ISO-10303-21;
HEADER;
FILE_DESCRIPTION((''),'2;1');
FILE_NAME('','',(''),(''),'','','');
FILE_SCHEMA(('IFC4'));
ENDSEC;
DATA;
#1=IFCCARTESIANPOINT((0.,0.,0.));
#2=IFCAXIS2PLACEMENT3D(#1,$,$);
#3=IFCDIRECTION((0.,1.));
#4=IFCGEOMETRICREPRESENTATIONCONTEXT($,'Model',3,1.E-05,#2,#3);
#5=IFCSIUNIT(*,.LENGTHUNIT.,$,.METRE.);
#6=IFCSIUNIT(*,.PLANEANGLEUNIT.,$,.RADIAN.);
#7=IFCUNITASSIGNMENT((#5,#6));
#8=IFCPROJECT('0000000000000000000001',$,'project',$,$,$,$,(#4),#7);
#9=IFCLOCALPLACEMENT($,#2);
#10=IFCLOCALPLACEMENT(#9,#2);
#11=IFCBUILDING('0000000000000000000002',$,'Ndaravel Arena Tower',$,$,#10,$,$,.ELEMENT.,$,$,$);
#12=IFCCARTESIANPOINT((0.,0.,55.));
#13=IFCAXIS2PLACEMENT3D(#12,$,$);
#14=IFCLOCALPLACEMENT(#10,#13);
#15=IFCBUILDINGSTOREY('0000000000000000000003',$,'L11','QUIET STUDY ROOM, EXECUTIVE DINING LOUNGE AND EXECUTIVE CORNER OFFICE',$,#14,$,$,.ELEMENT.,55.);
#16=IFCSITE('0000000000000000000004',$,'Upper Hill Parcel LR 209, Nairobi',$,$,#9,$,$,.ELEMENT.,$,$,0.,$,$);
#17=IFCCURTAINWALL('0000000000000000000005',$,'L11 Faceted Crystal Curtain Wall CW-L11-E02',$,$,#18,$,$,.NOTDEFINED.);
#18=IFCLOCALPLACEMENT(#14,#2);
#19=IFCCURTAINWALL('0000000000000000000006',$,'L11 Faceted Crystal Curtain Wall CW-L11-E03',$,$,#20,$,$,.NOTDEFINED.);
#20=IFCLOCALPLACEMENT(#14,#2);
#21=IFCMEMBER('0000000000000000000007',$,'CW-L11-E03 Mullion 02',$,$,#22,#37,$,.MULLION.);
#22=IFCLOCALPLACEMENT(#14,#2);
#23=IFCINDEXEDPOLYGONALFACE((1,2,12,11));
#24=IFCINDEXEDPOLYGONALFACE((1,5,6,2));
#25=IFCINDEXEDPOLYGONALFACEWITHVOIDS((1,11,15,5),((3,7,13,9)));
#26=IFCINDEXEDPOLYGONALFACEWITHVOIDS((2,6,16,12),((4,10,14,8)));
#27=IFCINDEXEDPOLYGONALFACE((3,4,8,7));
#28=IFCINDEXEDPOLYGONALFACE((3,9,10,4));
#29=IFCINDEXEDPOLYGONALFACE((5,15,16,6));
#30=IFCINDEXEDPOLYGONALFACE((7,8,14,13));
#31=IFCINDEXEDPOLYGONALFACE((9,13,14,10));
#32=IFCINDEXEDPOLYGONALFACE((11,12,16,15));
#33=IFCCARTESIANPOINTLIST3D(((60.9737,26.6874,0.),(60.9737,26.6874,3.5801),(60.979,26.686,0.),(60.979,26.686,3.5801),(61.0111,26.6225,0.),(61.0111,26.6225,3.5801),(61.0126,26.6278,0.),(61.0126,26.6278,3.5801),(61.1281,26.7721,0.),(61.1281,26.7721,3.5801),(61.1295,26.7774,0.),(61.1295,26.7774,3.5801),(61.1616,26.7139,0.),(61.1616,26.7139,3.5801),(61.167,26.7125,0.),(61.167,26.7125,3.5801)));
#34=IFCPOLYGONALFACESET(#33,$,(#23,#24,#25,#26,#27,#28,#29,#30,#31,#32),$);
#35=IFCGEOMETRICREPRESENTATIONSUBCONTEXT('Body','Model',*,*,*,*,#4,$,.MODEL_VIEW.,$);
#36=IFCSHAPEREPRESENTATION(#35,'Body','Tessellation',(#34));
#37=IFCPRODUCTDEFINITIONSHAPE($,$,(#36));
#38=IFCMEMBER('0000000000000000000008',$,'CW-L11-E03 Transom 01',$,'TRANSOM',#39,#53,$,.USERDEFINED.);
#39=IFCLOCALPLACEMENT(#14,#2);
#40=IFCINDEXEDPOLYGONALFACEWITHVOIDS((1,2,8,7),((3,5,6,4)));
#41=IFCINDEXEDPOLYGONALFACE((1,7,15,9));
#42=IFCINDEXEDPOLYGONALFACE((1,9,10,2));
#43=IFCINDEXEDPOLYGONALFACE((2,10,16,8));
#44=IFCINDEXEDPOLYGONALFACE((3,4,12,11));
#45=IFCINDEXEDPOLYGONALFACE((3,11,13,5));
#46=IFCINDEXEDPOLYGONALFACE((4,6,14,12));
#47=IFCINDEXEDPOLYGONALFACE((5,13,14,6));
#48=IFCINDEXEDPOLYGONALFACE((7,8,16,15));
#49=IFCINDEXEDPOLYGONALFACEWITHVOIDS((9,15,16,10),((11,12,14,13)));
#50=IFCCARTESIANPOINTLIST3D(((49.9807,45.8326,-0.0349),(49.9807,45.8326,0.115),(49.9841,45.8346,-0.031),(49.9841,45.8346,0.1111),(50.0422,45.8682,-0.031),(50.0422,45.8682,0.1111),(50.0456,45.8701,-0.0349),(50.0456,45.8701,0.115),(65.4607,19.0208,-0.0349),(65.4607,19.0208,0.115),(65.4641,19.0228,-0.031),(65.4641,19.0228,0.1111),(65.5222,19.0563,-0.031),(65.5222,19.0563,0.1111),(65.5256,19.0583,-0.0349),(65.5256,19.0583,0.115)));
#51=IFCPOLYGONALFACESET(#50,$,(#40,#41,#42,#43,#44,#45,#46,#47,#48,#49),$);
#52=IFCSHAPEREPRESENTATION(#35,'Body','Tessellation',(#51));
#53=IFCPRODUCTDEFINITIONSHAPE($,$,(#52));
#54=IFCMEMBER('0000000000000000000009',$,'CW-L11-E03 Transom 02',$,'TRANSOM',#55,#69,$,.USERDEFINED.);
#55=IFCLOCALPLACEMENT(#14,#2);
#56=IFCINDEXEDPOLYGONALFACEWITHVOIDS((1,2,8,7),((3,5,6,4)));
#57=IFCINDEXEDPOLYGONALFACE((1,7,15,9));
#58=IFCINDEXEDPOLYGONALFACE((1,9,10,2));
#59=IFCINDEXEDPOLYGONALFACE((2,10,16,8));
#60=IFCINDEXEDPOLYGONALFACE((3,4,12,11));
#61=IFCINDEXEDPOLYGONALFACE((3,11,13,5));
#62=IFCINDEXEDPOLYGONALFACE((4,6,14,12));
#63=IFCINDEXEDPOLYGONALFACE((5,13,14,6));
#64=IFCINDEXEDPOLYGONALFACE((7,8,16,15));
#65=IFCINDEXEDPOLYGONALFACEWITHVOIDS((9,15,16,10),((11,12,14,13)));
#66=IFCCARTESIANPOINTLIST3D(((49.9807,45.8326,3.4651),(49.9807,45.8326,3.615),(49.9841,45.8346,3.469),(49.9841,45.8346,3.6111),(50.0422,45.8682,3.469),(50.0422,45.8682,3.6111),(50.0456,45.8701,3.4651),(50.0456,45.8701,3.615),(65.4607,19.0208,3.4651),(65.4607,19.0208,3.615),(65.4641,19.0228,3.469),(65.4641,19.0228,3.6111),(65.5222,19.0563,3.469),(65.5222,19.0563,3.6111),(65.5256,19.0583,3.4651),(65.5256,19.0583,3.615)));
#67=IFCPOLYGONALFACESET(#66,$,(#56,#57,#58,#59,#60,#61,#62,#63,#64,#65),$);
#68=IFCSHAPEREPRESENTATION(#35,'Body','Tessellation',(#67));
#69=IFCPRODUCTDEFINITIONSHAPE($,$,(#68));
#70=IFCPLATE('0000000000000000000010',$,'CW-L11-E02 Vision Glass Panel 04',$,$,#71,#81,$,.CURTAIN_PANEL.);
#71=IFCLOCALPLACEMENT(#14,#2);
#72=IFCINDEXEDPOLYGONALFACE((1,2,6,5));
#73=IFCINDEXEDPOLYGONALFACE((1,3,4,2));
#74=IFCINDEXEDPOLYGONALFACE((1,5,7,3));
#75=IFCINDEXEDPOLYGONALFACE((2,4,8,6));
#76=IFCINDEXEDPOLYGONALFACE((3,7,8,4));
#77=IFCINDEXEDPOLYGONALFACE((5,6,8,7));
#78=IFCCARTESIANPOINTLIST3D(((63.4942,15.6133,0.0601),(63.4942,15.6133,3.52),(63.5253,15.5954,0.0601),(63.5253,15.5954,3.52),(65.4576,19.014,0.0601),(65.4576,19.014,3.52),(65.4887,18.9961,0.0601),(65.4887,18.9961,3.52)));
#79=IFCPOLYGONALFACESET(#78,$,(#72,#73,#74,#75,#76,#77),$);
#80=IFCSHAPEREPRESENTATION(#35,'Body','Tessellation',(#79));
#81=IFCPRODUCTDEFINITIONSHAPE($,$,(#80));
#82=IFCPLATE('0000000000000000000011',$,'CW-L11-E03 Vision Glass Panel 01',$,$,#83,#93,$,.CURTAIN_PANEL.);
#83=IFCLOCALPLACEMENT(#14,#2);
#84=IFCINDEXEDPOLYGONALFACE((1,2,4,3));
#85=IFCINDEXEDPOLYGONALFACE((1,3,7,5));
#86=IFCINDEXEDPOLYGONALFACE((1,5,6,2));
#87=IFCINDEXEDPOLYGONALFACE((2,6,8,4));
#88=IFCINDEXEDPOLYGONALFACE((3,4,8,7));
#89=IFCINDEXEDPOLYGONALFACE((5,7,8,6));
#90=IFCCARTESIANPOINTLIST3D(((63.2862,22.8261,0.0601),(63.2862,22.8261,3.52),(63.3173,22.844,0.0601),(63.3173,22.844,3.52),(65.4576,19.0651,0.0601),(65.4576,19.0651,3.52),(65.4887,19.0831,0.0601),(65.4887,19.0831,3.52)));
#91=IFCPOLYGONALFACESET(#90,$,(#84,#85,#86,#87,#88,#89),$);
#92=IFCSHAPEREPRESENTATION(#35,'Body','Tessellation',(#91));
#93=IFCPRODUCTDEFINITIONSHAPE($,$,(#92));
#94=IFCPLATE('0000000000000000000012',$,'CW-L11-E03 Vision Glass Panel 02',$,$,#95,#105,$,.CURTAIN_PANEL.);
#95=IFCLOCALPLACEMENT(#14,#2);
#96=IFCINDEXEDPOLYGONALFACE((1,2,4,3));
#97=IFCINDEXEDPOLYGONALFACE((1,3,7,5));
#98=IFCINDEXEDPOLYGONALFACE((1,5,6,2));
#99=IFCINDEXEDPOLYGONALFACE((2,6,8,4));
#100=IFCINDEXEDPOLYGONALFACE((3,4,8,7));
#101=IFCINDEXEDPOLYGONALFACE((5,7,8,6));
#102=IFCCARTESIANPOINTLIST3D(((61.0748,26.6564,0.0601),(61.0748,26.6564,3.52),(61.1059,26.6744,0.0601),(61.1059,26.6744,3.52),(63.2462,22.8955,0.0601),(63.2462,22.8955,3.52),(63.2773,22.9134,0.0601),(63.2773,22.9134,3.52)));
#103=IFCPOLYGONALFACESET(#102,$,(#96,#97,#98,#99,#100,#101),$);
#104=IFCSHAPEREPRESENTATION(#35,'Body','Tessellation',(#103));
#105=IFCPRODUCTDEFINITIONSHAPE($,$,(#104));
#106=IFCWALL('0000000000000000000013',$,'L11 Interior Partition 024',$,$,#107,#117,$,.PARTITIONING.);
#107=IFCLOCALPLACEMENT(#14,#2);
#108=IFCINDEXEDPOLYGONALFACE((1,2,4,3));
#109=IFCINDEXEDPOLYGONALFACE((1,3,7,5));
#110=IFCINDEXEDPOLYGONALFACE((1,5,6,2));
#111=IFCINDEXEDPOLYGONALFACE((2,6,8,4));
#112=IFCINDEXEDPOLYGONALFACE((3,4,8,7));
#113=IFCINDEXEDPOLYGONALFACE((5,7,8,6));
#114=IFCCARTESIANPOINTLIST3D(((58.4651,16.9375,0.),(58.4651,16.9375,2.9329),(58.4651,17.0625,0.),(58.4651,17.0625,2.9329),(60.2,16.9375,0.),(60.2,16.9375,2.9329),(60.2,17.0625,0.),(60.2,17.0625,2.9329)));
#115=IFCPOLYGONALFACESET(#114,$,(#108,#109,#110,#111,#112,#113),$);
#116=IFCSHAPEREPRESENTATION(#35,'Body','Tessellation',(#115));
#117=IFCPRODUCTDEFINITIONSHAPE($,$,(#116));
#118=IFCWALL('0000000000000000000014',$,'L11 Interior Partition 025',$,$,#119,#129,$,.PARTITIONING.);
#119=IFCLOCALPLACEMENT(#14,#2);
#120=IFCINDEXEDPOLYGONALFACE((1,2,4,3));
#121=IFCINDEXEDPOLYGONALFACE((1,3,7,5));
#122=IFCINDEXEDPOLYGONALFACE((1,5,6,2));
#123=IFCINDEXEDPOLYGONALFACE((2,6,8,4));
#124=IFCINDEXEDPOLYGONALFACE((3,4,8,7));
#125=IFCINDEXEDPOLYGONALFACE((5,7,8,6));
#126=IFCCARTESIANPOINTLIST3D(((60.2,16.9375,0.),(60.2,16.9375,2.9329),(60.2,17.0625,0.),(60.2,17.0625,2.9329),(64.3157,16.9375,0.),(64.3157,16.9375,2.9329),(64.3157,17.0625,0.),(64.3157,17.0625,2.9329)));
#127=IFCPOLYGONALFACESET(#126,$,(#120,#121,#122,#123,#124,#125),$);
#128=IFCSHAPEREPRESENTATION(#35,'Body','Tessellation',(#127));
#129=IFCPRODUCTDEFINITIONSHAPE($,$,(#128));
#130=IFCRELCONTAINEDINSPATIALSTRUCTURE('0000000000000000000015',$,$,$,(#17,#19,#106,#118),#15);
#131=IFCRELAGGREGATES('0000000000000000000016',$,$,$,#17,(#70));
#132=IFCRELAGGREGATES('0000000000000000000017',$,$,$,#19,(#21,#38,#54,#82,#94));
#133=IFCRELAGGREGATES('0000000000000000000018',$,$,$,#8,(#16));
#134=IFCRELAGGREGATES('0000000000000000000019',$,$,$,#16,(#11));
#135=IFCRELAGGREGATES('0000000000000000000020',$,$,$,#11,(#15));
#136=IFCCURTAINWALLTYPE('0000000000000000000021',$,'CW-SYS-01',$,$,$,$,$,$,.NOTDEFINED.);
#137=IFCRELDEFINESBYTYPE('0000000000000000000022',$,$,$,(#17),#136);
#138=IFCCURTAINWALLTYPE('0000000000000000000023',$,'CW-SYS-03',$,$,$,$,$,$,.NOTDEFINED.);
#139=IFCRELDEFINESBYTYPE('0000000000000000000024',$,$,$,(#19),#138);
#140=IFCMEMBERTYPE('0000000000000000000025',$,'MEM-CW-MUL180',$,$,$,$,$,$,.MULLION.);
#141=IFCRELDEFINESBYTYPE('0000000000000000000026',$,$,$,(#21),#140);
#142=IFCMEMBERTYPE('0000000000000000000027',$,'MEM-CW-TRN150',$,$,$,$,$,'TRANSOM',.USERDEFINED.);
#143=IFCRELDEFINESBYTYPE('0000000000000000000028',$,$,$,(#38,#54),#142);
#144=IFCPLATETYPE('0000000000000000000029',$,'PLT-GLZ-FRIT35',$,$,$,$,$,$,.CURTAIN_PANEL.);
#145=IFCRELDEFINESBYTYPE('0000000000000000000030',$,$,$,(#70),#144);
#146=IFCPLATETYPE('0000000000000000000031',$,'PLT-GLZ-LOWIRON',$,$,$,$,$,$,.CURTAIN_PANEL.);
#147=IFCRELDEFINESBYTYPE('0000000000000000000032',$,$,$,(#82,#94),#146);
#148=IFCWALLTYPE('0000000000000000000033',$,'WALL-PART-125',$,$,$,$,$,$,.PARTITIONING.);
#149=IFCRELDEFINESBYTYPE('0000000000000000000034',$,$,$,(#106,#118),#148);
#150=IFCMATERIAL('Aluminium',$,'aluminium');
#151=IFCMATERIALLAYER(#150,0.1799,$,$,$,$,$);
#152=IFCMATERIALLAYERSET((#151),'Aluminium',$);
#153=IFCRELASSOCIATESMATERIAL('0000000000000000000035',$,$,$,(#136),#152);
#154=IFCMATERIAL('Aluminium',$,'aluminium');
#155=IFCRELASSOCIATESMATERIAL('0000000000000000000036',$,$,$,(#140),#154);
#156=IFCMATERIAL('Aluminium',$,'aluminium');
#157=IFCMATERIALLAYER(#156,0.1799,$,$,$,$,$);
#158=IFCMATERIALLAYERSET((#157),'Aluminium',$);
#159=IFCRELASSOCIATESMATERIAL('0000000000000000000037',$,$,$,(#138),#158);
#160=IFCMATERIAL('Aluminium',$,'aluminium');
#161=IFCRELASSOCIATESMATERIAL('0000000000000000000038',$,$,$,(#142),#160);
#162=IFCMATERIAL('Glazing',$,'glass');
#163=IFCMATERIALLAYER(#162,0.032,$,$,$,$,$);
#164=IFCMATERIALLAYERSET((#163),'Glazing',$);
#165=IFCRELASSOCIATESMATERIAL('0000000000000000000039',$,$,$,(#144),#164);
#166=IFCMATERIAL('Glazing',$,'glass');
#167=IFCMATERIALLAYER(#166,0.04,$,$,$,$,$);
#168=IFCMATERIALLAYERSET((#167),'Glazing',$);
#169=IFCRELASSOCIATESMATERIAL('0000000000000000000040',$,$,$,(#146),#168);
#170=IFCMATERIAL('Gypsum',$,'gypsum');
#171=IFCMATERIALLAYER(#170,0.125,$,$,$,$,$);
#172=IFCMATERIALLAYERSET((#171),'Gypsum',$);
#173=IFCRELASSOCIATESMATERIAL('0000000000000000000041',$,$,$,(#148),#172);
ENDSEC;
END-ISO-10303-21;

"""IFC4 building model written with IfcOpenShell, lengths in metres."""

from ifc_helpers import new_model, si_unit, direction, frame, frame_2d, origin, origin_2d, place, context, subcontext, project, spatial, rectangle, hollow_rectangle, extrude, material, layer, layer_set, material_profile, profile_set, type_object, element, aggregate, save


model = new_model("IFC4")

# Units and contexts
model_context = context("Model", 3, precision=1e-05, world=origin(), true_north=direction((0.0, 1.0)))
body_context = subcontext(model_context, "Body", "Model", "MODEL_VIEW")
ifc_project = project(units=[si_unit("LENGTHUNIT", "METRE"), si_unit("PLANEANGLEUNIT", "RADIAN")], contexts=[model_context])

# Site, building, storey
site_placement = place(None, origin())
site = spatial("IfcSite", under=ifc_project, at=site_placement, Name="Upper Hill Parcel LR 209, Nairobi", CompositionType="ELEMENT", RefElevation=0.0)
building_placement = place(site_placement, origin())
building = spatial("IfcBuilding", under=site, at=building_placement, Name="Ndaravel Arena Tower", CompositionType="ELEMENT")
storey_placement = place(building_placement, frame((0.0, 0.0, 55.0)))
storey = spatial("IfcBuildingStorey", under=building, at=storey_placement, Name="L11", Description="QUIET STUDY ROOM, EXECUTIVE DINING LOUNGE AND EXECUTIVE CORNER OFFICE", CompositionType="ELEMENT", Elevation=55.0)

# Curtain wall
ifc_material_1 = material(Name="Aluminium", Category="aluminium")
ifc_layer_1 = layer(ifc_material_1, 0.1799)
ifc_layer_set_1 = layer_set([ifc_layer_1], Name="Aluminium")
curtain_wall_type_1 = type_object("IfcCurtainWallType", Name="CW-SYS-01", PredefinedType="NOTDEFINED", material=ifc_layer_set_1)
curtain_wall_1_placement = place(storey_placement, origin())
curtain_wall_1 = element("IfcCurtainWall", 1, at=curtain_wall_1_placement, inside=storey, type_object=curtain_wall_type_1, Name="L11 Faceted Crystal Curtain Wall CW-L11-E02", PredefinedType="NOTDEFINED")
ifc_material_2 = material(Name="Aluminium", Category="aluminium")
ifc_material_profile_1 = material_profile(ifc_material_2, hollow_rectangle(XDim=0.075, YDim=0.1799, WallThickness=0.0039, at=origin_2d()), Name="CW MULLION 75x180x4")
ifc_profile_set_1 = profile_set([ifc_material_profile_1], Name="Aluminium")
member_type_1 = type_object("IfcMemberType", Name="MEM-CW-MUL180", PredefinedType="MULLION", material=ifc_profile_set_1)

# Curtain wall, members
ifc_material_3 = material(Name="Aluminium", Category="aluminium")
ifc_layer_2 = layer(ifc_material_3, 0.1799)
ifc_layer_set_2 = layer_set([ifc_layer_2], Name="Aluminium")
curtain_wall_type_2 = type_object("IfcCurtainWallType", Name="CW-SYS-03", PredefinedType="NOTDEFINED", material=ifc_layer_set_2)
curtain_wall_2_placement = place(storey_placement, origin())
curtain_wall_2 = element("IfcCurtainWall", 2, at=curtain_wall_2_placement, inside=storey, type_object=curtain_wall_type_2, Name="L11 Faceted Crystal Curtain Wall CW-L11-E03", PredefinedType="NOTDEFINED")
member_1_placement = place(storey_placement, frame((61.0703, 26.7, 0.0), z_axis=(0.0, 0.0, 1.0), x_axis=(-0.5, 0.866025, 0.0)))
member_1 = element("IfcMember", 3, at=member_1_placement, type_object=member_type_1, Name="CW-L11-E03 Mullion 02", PredefinedType="MULLION", context=body_context, shape_type="SweptSolid", body=[
    extrude(hollow_rectangle(XDim=0.075, YDim=0.1799, WallThickness=0.0039, at=origin_2d()), origin(), (0.0, 0.0, 1.0), 3.5801),
])
ifc_material_4 = material(Name="Aluminium", Category="aluminium")
ifc_material_profile_2 = material_profile(ifc_material_4, hollow_rectangle(XDim=0.075, YDim=0.1499, WallThickness=0.0039, at=origin_2d()), Name="CW TRANSOM 75x150x4")
ifc_profile_set_2 = profile_set([ifc_material_profile_2], Name="Aluminium")
member_type_2 = type_object("IfcMemberType", Name="MEM-CW-TRN150", ElementType="TRANSOM", PredefinedType="USERDEFINED", material=ifc_profile_set_2)
member_2_placement = place(storey_placement, frame((65.4932, 19.0396, 0.04), z_axis=(-0.500005, 0.866023, 0.0), x_axis=(-0.866023, -0.500005, 0.0)))
member_2 = element("IfcMember", 4, at=member_2_placement, type_object=member_type_2, Name="CW-L11-E03 Transom 01", ObjectType="TRANSOM", PredefinedType="USERDEFINED", context=body_context, shape_type="SweptSolid", body=[
    extrude(hollow_rectangle(XDim=0.075, YDim=0.1499, WallThickness=0.0039, at=origin_2d()), origin(), (0.0, 0.0, 1.0), 30.9597),
])
member_3_placement = place(storey_placement, frame((65.4932, 19.0396, 3.54), z_axis=(-0.500005, 0.866023, 0.0), x_axis=(-0.866023, -0.500005, 0.0)))
member_3 = element("IfcMember", 5, at=member_3_placement, type_object=member_type_2, Name="CW-L11-E03 Transom 02", ObjectType="TRANSOM", PredefinedType="USERDEFINED", context=body_context, shape_type="SweptSolid", body=[
    extrude(hollow_rectangle(XDim=0.075, YDim=0.1499, WallThickness=0.0039, at=origin_2d()), origin(), (0.0, 0.0, 1.0), 30.9597),
])

# Plates
ifc_material_5 = material(Name="Glazing", Category="glass")
ifc_layer_3 = layer(ifc_material_5, 0.032)
ifc_layer_set_3 = layer_set([ifc_layer_3], Name="Glazing")
plate_type_1 = type_object("IfcPlateType", Name="PLT-GLZ-FRIT35", PredefinedType="CURTAIN_PANEL", material=ifc_layer_set_3)
plate_1_placement = place(storey_placement, frame((64.4915, 17.3047, 0.0601), z_axis=(0.0, 0.0, 1.0), x_axis=(0.5, 0.866025, 0.0)))
plate_1 = element("IfcPlate", 6, at=plate_1_placement, type_object=plate_type_1, Name="CW-L11-E02 Vision Glass Panel 04", PredefinedType="CURTAIN_PANEL", context=body_context, shape_type="SweptSolid", body=[
    extrude(rectangle(XDim=3.9268, YDim=0.0359, at=origin_2d()), origin(), (0.0, 0.0, 1.0), 3.46),
])
aggregate(curtain_wall_1, [plate_1])
ifc_material_6 = material(Name="Glazing", Category="glass")
ifc_layer_4 = layer(ifc_material_6, 0.04)
ifc_layer_set_4 = layer_set([ifc_layer_4], Name="Glazing")
plate_type_2 = type_object("IfcPlateType", Name="PLT-GLZ-LOWIRON", PredefinedType="CURTAIN_PANEL", material=ifc_layer_set_4)
plate_2_placement = place(storey_placement, frame((64.3875, 20.9546, 0.0601), z_axis=(0.0, 0.0, 1.0), x_axis=(-0.5, 0.866025, 0.0)))
plate_2 = element("IfcPlate", 7, at=plate_2_placement, type_object=plate_type_2, Name="CW-L11-E03 Vision Glass Panel 01", PredefinedType="CURTAIN_PANEL", context=body_context, shape_type="SweptSolid", body=[
    extrude(rectangle(XDim=4.3428, YDim=0.0359, at=origin_2d()), origin(), (0.0, 0.0, 1.0), 3.46),
])
plate_3_placement = place(storey_placement, frame((62.176, 24.7849, 0.0601), z_axis=(0.0, 0.0, 1.0), x_axis=(-0.5, 0.866025, 0.0)))
plate_3 = element("IfcPlate", 8, at=plate_3_placement, type_object=plate_type_2, Name="CW-L11-E03 Vision Glass Panel 02", PredefinedType="CURTAIN_PANEL", context=body_context, shape_type="SweptSolid", body=[
    extrude(rectangle(XDim=4.3428, YDim=0.0359, at=origin_2d()), origin(), (0.0, 0.0, 1.0), 3.46),
])
aggregate(curtain_wall_2, [member_1, member_2, member_3, plate_2, plate_3])

# Walls
ifc_material_7 = material(Name="Gypsum", Category="gypsum")
ifc_layer_5 = layer(ifc_material_7, 0.125)
ifc_layer_set_5 = layer_set([ifc_layer_5], Name="Gypsum")
wall_type = type_object("IfcWallType", Name="WALL-PART-125", PredefinedType="PARTITIONING", material=ifc_layer_set_5)
wall_1_placement = place(storey_placement, frame((58.4651, 17.0, 0.0), z_axis=(0.0, 0.0, 1.0), x_axis=(1.0, 0.0, 0.0)))
element("IfcWall", 9, at=wall_1_placement, inside=storey, type_object=wall_type, Name="L11 Interior Partition 024", PredefinedType="PARTITIONING", context=body_context, shape_type="SweptSolid", body=[
    extrude(rectangle(XDim=1.7349, YDim=0.125, at=frame_2d((0.8674, 0.0))), origin(), (0.0, 0.0, 1.0), 2.9329),
])
wall_2_placement = place(storey_placement, frame((60.2, 17.0, 0.0), z_axis=(0.0, 0.0, 1.0), x_axis=(1.0, 0.0, 0.0)))
element("IfcWall", 10, at=wall_2_placement, inside=storey, type_object=wall_type, Name="L11 Interior Partition 025", PredefinedType="PARTITIONING", context=body_context, shape_type="SweptSolid", body=[
    extrude(rectangle(XDim=4.1157, YDim=0.125, at=frame_2d((2.0579, 0.0))), origin(), (0.0, 0.0, 1.0), 2.9329),
])

save(model, "model.ifc")
